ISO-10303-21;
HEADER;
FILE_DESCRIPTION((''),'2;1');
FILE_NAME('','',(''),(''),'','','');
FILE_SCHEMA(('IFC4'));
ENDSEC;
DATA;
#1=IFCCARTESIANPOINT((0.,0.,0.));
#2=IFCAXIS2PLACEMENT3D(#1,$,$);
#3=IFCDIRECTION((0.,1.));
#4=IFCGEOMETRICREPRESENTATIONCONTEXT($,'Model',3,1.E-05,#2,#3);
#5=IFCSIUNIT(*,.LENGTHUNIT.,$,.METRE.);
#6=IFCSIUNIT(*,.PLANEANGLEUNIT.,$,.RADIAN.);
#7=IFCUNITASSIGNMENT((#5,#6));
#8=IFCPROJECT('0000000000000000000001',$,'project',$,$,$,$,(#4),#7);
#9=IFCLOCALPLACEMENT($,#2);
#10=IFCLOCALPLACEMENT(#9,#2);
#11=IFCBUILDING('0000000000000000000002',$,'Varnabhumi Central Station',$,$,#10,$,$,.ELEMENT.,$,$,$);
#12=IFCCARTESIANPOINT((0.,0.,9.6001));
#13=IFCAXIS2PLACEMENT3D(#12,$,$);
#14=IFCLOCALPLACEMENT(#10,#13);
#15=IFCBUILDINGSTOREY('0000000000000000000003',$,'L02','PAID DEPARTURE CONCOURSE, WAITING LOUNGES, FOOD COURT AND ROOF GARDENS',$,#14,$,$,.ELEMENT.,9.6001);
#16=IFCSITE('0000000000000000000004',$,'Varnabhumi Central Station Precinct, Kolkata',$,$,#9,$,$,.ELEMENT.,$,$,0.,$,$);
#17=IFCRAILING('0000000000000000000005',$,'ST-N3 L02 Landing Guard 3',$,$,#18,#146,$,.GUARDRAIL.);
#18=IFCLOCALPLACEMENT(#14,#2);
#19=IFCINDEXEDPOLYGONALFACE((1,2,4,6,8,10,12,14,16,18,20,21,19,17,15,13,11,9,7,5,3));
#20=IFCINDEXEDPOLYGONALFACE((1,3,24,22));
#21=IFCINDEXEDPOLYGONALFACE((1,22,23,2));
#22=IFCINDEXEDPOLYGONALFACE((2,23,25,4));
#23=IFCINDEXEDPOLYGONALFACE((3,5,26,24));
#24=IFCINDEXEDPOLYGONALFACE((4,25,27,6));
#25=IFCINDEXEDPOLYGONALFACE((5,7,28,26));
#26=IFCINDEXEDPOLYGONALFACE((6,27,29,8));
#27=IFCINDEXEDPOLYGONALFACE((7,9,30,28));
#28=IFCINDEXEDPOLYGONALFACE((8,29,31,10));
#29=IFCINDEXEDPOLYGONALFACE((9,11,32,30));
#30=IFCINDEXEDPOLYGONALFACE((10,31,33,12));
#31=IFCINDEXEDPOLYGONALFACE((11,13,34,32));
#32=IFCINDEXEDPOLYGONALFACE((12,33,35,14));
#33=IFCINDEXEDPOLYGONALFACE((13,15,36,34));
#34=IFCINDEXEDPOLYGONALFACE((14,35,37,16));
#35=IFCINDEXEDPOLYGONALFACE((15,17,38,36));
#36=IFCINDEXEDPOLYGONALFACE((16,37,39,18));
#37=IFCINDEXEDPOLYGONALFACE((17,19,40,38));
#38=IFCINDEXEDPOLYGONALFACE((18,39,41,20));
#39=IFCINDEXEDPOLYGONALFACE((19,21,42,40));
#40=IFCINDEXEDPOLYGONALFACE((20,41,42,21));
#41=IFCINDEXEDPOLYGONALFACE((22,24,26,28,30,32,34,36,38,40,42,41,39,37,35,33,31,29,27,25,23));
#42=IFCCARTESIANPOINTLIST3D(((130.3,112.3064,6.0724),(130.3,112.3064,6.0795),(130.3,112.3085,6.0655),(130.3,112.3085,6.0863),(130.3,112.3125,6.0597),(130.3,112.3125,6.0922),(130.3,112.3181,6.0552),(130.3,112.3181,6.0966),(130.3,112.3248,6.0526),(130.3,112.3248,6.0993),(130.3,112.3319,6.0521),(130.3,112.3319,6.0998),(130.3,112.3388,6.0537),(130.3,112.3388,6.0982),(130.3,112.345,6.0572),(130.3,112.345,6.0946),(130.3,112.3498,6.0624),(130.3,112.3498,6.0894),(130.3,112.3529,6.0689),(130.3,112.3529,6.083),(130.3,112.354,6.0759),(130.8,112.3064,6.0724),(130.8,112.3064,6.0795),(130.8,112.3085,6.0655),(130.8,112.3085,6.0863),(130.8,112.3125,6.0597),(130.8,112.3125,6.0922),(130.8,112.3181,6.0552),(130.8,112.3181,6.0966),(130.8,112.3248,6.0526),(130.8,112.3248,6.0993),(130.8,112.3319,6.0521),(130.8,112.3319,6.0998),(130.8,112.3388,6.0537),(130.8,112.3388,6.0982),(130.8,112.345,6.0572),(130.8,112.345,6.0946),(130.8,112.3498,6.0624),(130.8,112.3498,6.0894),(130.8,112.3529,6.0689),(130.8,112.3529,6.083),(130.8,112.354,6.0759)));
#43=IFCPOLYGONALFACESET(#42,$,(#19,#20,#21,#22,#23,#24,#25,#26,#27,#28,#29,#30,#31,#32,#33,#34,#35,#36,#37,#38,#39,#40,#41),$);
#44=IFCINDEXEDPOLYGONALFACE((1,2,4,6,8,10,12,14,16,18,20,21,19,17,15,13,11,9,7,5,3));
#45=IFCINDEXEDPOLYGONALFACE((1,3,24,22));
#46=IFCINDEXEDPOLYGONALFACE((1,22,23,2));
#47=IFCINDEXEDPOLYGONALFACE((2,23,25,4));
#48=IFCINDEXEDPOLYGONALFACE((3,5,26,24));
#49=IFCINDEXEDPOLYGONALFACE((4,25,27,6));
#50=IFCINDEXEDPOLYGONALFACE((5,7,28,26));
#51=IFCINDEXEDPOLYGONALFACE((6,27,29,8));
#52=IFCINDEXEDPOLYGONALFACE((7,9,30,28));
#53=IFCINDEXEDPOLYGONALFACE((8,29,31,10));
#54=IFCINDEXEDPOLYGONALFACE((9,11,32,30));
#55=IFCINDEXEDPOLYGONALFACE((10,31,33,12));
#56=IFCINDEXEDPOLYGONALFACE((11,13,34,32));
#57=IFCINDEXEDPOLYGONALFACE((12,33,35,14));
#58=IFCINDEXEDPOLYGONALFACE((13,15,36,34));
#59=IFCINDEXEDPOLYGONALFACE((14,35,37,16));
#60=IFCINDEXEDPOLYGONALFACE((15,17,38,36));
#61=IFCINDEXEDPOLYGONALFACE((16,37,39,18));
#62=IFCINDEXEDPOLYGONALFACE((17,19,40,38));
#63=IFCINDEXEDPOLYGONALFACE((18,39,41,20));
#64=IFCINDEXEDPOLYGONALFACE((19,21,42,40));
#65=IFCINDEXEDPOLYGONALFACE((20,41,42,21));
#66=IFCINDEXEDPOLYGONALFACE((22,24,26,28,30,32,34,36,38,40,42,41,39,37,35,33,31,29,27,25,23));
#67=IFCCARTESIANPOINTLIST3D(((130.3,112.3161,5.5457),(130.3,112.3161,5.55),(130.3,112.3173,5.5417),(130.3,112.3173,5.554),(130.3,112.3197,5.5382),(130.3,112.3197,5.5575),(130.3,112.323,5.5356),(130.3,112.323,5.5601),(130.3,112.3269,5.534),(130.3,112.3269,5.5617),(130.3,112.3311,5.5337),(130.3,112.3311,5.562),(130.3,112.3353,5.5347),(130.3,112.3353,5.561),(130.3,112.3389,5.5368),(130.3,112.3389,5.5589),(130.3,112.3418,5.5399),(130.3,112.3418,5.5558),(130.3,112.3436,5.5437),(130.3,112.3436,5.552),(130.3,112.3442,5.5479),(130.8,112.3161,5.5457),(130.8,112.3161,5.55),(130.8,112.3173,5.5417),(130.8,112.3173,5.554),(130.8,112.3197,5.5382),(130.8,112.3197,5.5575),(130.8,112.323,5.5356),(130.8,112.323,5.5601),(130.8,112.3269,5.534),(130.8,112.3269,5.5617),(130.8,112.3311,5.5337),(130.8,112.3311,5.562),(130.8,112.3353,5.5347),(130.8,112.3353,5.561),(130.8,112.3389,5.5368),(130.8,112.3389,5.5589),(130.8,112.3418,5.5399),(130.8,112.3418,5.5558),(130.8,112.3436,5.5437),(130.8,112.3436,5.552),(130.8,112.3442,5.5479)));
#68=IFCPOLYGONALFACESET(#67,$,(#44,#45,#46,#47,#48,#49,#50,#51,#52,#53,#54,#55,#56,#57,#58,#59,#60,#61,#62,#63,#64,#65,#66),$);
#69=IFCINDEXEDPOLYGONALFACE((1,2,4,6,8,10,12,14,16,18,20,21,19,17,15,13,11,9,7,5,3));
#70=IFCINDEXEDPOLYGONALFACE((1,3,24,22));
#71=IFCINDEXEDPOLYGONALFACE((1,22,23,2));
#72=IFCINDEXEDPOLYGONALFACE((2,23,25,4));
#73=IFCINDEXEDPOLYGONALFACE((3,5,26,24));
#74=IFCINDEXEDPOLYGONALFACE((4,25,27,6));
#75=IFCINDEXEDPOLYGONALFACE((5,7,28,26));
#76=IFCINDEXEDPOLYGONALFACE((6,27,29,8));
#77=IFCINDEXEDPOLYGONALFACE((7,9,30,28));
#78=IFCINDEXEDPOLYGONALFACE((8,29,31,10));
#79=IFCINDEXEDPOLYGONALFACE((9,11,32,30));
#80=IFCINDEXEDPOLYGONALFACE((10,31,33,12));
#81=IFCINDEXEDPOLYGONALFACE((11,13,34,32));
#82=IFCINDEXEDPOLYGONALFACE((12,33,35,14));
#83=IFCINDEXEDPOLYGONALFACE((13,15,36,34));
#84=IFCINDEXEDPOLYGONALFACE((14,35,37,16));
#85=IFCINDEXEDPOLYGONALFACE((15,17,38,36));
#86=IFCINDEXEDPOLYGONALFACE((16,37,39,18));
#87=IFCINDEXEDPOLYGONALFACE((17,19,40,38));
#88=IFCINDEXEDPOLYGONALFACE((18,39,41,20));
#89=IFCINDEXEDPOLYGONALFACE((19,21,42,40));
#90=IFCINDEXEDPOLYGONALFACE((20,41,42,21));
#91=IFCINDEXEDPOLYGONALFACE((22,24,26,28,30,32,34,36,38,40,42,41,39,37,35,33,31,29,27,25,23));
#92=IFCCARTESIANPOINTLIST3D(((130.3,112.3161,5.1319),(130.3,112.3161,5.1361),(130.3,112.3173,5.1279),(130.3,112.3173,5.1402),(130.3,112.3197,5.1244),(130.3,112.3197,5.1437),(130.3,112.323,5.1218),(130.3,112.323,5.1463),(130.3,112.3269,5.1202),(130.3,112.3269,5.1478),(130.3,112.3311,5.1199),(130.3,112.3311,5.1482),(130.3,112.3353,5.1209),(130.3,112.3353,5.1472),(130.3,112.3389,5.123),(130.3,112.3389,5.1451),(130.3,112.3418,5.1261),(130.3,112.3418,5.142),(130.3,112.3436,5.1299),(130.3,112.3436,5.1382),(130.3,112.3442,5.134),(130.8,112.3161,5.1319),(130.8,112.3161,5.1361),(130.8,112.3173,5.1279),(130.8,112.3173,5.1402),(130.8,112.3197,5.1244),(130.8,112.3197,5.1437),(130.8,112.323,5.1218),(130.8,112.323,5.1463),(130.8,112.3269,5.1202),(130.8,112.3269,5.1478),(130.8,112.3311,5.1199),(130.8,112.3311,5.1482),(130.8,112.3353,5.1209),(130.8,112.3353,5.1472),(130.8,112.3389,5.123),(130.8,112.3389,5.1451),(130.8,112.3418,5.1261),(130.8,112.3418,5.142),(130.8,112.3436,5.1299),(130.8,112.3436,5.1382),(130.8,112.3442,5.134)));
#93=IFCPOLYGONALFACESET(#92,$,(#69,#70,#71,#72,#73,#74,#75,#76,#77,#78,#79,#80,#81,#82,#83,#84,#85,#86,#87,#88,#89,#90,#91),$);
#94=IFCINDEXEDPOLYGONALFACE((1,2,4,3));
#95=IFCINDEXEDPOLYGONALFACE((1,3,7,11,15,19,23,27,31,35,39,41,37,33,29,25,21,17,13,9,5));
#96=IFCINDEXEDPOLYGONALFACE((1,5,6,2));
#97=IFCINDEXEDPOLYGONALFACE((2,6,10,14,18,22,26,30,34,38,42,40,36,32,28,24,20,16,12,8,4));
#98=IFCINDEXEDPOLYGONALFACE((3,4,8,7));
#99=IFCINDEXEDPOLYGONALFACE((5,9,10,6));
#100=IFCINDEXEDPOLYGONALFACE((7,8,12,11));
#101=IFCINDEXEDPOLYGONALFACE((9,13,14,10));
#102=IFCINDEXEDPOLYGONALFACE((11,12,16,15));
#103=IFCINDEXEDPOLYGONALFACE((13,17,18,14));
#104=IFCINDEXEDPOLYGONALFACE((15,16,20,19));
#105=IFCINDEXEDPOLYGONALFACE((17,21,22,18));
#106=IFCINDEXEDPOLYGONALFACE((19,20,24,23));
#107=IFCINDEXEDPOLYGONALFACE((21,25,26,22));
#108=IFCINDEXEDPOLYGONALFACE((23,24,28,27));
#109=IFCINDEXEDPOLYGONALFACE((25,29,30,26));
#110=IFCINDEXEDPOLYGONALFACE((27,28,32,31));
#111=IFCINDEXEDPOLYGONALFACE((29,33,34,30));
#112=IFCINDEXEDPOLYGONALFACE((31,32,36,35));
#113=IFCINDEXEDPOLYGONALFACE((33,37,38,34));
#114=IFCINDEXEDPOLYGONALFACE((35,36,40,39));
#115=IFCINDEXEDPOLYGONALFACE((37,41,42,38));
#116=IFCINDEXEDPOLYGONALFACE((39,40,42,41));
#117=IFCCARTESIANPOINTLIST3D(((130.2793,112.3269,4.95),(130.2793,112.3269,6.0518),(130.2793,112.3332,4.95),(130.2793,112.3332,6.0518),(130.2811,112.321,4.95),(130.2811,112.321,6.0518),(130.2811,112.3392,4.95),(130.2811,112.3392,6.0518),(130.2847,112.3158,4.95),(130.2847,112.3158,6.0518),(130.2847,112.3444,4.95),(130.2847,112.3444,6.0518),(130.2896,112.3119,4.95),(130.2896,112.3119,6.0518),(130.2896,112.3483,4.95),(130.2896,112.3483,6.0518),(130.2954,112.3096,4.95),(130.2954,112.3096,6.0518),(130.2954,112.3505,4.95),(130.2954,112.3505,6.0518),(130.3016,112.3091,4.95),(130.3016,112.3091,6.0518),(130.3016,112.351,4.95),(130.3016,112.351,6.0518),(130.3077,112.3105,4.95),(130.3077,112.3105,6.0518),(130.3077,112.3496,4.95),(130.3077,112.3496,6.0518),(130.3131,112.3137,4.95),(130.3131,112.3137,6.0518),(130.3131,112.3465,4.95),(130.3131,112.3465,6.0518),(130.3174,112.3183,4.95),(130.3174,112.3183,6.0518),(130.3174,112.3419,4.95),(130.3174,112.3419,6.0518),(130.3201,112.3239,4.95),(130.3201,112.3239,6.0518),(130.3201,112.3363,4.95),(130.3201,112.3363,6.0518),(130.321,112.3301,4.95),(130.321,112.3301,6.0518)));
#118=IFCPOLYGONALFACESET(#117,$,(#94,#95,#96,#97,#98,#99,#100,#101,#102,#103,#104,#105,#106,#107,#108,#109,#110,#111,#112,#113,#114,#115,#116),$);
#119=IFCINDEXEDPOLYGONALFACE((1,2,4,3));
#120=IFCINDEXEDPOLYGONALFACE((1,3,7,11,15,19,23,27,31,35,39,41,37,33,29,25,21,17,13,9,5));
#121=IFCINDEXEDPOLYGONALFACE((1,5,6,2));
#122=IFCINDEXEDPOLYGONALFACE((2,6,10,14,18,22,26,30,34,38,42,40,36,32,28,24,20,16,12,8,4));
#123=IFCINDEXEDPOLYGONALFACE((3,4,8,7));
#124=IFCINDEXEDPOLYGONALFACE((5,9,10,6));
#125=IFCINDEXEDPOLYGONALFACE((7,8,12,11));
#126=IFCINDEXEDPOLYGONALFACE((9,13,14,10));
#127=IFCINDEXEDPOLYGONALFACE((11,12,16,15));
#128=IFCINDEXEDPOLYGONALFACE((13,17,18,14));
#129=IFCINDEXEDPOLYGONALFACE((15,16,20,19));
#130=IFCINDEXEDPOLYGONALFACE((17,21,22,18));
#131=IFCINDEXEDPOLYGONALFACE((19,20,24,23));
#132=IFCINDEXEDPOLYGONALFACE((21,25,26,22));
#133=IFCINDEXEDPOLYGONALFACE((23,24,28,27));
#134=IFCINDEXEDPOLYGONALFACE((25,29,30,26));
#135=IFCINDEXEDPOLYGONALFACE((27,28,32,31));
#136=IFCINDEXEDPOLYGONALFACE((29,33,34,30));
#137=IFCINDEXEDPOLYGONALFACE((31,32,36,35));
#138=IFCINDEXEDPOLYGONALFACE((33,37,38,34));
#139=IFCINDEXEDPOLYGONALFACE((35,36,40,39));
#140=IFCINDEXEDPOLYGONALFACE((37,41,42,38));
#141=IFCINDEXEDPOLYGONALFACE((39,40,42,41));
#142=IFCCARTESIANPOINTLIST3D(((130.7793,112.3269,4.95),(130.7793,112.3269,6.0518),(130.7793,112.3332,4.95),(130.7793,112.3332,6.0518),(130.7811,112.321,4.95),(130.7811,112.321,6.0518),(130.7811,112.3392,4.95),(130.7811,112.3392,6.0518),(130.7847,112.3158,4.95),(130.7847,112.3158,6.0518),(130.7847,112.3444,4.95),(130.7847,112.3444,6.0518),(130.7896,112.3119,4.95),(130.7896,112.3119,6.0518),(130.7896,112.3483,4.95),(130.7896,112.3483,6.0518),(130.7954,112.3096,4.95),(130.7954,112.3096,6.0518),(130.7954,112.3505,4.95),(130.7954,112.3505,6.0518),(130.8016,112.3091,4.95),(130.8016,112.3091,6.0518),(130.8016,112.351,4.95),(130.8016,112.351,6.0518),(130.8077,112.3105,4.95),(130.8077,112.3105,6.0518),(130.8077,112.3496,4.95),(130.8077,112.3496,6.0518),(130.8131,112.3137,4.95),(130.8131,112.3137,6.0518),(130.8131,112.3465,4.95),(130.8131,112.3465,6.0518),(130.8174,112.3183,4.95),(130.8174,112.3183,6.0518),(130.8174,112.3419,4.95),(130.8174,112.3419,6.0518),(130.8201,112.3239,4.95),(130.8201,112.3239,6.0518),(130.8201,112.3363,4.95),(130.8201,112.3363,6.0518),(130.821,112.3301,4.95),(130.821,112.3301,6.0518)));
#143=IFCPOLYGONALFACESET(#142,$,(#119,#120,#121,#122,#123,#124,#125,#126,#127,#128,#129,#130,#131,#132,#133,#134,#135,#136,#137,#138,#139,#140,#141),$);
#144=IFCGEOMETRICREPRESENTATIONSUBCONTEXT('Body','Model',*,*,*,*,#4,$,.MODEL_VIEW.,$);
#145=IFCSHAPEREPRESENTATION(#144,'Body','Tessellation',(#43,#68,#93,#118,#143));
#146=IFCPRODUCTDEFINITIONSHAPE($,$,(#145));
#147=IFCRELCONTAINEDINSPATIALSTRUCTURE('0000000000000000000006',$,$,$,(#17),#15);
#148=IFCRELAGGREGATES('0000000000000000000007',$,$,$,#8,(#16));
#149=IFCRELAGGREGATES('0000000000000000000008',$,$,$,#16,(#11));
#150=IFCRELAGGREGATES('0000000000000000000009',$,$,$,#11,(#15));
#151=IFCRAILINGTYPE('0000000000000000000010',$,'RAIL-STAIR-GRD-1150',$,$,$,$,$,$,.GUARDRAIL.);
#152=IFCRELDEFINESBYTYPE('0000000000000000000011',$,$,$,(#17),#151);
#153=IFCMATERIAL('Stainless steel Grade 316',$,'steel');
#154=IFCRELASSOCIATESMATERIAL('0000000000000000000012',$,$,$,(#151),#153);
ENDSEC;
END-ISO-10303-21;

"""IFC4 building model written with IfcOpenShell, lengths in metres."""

from ifc_helpers import new_model, si_unit, direction, frame, origin, origin_2d, place, context, subcontext, project, spatial, circle, extrude, material, type_object, element, save


model = new_model("IFC4")

# Units and contexts
model_context = context("Model", 3, precision=1e-05, world=origin(), true_north=direction((0.0, 1.0)))
body_context = subcontext(model_context, "Body", "Model", "MODEL_VIEW")
ifc_project = project(units=[si_unit("LENGTHUNIT", "METRE"), si_unit("PLANEANGLEUNIT", "RADIAN")], contexts=[model_context])

# Site, building, storey
site_placement = place(None, origin())
site = spatial("IfcSite", under=ifc_project, at=site_placement, Name="Varnabhumi Central Station Precinct, Kolkata", CompositionType="ELEMENT", RefElevation=0.0)
building_placement = place(site_placement, origin())
building = spatial("IfcBuilding", under=site, at=building_placement, Name="Varnabhumi Central Station", CompositionType="ELEMENT")
storey_placement = place(building_placement, frame((0.0, 0.0, 9.6001)))
storey = spatial("IfcBuildingStorey", under=building, at=storey_placement, Name="L02", Description="PAID DEPARTURE CONCOURSE, WAITING LOUNGES, FOOD COURT AND ROOF GARDENS", CompositionType="ELEMENT", Elevation=9.6001)

# Shared definitions
ifc_material_1 = material(Name="Stainless steel Grade 316", Category="steel")

# Railing
railing_type_1 = type_object("IfcRailingType", Name="RAIL-STAIR-GRD-1150", PredefinedType="GUARDRAIL", material=ifc_material_1)
railing_1_placement = place(storey_placement, frame((130.3, 112.3301, 4.95)))
element("IfcRailing", 1, at=railing_1_placement, inside=storey, type_object=railing_type_1, Name="ST-N3 L02 Landing Guard 3", PredefinedType="GUARDRAIL", context=body_context, shape_type="SweptSolid", body=[
    extrude(circle(Radius=0.0239, at=origin_2d()), frame((0.0, 0.0, 1.126), z_axis=(1.0, 0.0, 0.0), x_axis=(0.0, 1.0, 0.0)), (0.0, 0.0, 1.0), 0.5),
    extrude(circle(Radius=0.0142, at=origin_2d()), frame((0.0, 0.0, 0.5979), z_axis=(1.0, 0.0, 0.0), x_axis=(0.0, 1.0, 0.0)), (0.0, 0.0, 1.0), 0.5),
    extrude(circle(Radius=0.0142, at=origin_2d()), frame((0.0, 0.0, 0.1841), z_axis=(1.0, 0.0, 0.0), x_axis=(0.0, 1.0, 0.0)), (0.0, 0.0, 1.0), 0.5),
    extrude(circle(Radius=0.021, at=origin_2d()), origin(), (0.0, 0.0, 1.0), 1.1018),
    extrude(circle(Radius=0.021, at=origin_2d()), frame((0.5, 0.0, 0.0)), (0.0, 0.0, 1.0), 1.1018),
])

save(model, "model.ifc")
